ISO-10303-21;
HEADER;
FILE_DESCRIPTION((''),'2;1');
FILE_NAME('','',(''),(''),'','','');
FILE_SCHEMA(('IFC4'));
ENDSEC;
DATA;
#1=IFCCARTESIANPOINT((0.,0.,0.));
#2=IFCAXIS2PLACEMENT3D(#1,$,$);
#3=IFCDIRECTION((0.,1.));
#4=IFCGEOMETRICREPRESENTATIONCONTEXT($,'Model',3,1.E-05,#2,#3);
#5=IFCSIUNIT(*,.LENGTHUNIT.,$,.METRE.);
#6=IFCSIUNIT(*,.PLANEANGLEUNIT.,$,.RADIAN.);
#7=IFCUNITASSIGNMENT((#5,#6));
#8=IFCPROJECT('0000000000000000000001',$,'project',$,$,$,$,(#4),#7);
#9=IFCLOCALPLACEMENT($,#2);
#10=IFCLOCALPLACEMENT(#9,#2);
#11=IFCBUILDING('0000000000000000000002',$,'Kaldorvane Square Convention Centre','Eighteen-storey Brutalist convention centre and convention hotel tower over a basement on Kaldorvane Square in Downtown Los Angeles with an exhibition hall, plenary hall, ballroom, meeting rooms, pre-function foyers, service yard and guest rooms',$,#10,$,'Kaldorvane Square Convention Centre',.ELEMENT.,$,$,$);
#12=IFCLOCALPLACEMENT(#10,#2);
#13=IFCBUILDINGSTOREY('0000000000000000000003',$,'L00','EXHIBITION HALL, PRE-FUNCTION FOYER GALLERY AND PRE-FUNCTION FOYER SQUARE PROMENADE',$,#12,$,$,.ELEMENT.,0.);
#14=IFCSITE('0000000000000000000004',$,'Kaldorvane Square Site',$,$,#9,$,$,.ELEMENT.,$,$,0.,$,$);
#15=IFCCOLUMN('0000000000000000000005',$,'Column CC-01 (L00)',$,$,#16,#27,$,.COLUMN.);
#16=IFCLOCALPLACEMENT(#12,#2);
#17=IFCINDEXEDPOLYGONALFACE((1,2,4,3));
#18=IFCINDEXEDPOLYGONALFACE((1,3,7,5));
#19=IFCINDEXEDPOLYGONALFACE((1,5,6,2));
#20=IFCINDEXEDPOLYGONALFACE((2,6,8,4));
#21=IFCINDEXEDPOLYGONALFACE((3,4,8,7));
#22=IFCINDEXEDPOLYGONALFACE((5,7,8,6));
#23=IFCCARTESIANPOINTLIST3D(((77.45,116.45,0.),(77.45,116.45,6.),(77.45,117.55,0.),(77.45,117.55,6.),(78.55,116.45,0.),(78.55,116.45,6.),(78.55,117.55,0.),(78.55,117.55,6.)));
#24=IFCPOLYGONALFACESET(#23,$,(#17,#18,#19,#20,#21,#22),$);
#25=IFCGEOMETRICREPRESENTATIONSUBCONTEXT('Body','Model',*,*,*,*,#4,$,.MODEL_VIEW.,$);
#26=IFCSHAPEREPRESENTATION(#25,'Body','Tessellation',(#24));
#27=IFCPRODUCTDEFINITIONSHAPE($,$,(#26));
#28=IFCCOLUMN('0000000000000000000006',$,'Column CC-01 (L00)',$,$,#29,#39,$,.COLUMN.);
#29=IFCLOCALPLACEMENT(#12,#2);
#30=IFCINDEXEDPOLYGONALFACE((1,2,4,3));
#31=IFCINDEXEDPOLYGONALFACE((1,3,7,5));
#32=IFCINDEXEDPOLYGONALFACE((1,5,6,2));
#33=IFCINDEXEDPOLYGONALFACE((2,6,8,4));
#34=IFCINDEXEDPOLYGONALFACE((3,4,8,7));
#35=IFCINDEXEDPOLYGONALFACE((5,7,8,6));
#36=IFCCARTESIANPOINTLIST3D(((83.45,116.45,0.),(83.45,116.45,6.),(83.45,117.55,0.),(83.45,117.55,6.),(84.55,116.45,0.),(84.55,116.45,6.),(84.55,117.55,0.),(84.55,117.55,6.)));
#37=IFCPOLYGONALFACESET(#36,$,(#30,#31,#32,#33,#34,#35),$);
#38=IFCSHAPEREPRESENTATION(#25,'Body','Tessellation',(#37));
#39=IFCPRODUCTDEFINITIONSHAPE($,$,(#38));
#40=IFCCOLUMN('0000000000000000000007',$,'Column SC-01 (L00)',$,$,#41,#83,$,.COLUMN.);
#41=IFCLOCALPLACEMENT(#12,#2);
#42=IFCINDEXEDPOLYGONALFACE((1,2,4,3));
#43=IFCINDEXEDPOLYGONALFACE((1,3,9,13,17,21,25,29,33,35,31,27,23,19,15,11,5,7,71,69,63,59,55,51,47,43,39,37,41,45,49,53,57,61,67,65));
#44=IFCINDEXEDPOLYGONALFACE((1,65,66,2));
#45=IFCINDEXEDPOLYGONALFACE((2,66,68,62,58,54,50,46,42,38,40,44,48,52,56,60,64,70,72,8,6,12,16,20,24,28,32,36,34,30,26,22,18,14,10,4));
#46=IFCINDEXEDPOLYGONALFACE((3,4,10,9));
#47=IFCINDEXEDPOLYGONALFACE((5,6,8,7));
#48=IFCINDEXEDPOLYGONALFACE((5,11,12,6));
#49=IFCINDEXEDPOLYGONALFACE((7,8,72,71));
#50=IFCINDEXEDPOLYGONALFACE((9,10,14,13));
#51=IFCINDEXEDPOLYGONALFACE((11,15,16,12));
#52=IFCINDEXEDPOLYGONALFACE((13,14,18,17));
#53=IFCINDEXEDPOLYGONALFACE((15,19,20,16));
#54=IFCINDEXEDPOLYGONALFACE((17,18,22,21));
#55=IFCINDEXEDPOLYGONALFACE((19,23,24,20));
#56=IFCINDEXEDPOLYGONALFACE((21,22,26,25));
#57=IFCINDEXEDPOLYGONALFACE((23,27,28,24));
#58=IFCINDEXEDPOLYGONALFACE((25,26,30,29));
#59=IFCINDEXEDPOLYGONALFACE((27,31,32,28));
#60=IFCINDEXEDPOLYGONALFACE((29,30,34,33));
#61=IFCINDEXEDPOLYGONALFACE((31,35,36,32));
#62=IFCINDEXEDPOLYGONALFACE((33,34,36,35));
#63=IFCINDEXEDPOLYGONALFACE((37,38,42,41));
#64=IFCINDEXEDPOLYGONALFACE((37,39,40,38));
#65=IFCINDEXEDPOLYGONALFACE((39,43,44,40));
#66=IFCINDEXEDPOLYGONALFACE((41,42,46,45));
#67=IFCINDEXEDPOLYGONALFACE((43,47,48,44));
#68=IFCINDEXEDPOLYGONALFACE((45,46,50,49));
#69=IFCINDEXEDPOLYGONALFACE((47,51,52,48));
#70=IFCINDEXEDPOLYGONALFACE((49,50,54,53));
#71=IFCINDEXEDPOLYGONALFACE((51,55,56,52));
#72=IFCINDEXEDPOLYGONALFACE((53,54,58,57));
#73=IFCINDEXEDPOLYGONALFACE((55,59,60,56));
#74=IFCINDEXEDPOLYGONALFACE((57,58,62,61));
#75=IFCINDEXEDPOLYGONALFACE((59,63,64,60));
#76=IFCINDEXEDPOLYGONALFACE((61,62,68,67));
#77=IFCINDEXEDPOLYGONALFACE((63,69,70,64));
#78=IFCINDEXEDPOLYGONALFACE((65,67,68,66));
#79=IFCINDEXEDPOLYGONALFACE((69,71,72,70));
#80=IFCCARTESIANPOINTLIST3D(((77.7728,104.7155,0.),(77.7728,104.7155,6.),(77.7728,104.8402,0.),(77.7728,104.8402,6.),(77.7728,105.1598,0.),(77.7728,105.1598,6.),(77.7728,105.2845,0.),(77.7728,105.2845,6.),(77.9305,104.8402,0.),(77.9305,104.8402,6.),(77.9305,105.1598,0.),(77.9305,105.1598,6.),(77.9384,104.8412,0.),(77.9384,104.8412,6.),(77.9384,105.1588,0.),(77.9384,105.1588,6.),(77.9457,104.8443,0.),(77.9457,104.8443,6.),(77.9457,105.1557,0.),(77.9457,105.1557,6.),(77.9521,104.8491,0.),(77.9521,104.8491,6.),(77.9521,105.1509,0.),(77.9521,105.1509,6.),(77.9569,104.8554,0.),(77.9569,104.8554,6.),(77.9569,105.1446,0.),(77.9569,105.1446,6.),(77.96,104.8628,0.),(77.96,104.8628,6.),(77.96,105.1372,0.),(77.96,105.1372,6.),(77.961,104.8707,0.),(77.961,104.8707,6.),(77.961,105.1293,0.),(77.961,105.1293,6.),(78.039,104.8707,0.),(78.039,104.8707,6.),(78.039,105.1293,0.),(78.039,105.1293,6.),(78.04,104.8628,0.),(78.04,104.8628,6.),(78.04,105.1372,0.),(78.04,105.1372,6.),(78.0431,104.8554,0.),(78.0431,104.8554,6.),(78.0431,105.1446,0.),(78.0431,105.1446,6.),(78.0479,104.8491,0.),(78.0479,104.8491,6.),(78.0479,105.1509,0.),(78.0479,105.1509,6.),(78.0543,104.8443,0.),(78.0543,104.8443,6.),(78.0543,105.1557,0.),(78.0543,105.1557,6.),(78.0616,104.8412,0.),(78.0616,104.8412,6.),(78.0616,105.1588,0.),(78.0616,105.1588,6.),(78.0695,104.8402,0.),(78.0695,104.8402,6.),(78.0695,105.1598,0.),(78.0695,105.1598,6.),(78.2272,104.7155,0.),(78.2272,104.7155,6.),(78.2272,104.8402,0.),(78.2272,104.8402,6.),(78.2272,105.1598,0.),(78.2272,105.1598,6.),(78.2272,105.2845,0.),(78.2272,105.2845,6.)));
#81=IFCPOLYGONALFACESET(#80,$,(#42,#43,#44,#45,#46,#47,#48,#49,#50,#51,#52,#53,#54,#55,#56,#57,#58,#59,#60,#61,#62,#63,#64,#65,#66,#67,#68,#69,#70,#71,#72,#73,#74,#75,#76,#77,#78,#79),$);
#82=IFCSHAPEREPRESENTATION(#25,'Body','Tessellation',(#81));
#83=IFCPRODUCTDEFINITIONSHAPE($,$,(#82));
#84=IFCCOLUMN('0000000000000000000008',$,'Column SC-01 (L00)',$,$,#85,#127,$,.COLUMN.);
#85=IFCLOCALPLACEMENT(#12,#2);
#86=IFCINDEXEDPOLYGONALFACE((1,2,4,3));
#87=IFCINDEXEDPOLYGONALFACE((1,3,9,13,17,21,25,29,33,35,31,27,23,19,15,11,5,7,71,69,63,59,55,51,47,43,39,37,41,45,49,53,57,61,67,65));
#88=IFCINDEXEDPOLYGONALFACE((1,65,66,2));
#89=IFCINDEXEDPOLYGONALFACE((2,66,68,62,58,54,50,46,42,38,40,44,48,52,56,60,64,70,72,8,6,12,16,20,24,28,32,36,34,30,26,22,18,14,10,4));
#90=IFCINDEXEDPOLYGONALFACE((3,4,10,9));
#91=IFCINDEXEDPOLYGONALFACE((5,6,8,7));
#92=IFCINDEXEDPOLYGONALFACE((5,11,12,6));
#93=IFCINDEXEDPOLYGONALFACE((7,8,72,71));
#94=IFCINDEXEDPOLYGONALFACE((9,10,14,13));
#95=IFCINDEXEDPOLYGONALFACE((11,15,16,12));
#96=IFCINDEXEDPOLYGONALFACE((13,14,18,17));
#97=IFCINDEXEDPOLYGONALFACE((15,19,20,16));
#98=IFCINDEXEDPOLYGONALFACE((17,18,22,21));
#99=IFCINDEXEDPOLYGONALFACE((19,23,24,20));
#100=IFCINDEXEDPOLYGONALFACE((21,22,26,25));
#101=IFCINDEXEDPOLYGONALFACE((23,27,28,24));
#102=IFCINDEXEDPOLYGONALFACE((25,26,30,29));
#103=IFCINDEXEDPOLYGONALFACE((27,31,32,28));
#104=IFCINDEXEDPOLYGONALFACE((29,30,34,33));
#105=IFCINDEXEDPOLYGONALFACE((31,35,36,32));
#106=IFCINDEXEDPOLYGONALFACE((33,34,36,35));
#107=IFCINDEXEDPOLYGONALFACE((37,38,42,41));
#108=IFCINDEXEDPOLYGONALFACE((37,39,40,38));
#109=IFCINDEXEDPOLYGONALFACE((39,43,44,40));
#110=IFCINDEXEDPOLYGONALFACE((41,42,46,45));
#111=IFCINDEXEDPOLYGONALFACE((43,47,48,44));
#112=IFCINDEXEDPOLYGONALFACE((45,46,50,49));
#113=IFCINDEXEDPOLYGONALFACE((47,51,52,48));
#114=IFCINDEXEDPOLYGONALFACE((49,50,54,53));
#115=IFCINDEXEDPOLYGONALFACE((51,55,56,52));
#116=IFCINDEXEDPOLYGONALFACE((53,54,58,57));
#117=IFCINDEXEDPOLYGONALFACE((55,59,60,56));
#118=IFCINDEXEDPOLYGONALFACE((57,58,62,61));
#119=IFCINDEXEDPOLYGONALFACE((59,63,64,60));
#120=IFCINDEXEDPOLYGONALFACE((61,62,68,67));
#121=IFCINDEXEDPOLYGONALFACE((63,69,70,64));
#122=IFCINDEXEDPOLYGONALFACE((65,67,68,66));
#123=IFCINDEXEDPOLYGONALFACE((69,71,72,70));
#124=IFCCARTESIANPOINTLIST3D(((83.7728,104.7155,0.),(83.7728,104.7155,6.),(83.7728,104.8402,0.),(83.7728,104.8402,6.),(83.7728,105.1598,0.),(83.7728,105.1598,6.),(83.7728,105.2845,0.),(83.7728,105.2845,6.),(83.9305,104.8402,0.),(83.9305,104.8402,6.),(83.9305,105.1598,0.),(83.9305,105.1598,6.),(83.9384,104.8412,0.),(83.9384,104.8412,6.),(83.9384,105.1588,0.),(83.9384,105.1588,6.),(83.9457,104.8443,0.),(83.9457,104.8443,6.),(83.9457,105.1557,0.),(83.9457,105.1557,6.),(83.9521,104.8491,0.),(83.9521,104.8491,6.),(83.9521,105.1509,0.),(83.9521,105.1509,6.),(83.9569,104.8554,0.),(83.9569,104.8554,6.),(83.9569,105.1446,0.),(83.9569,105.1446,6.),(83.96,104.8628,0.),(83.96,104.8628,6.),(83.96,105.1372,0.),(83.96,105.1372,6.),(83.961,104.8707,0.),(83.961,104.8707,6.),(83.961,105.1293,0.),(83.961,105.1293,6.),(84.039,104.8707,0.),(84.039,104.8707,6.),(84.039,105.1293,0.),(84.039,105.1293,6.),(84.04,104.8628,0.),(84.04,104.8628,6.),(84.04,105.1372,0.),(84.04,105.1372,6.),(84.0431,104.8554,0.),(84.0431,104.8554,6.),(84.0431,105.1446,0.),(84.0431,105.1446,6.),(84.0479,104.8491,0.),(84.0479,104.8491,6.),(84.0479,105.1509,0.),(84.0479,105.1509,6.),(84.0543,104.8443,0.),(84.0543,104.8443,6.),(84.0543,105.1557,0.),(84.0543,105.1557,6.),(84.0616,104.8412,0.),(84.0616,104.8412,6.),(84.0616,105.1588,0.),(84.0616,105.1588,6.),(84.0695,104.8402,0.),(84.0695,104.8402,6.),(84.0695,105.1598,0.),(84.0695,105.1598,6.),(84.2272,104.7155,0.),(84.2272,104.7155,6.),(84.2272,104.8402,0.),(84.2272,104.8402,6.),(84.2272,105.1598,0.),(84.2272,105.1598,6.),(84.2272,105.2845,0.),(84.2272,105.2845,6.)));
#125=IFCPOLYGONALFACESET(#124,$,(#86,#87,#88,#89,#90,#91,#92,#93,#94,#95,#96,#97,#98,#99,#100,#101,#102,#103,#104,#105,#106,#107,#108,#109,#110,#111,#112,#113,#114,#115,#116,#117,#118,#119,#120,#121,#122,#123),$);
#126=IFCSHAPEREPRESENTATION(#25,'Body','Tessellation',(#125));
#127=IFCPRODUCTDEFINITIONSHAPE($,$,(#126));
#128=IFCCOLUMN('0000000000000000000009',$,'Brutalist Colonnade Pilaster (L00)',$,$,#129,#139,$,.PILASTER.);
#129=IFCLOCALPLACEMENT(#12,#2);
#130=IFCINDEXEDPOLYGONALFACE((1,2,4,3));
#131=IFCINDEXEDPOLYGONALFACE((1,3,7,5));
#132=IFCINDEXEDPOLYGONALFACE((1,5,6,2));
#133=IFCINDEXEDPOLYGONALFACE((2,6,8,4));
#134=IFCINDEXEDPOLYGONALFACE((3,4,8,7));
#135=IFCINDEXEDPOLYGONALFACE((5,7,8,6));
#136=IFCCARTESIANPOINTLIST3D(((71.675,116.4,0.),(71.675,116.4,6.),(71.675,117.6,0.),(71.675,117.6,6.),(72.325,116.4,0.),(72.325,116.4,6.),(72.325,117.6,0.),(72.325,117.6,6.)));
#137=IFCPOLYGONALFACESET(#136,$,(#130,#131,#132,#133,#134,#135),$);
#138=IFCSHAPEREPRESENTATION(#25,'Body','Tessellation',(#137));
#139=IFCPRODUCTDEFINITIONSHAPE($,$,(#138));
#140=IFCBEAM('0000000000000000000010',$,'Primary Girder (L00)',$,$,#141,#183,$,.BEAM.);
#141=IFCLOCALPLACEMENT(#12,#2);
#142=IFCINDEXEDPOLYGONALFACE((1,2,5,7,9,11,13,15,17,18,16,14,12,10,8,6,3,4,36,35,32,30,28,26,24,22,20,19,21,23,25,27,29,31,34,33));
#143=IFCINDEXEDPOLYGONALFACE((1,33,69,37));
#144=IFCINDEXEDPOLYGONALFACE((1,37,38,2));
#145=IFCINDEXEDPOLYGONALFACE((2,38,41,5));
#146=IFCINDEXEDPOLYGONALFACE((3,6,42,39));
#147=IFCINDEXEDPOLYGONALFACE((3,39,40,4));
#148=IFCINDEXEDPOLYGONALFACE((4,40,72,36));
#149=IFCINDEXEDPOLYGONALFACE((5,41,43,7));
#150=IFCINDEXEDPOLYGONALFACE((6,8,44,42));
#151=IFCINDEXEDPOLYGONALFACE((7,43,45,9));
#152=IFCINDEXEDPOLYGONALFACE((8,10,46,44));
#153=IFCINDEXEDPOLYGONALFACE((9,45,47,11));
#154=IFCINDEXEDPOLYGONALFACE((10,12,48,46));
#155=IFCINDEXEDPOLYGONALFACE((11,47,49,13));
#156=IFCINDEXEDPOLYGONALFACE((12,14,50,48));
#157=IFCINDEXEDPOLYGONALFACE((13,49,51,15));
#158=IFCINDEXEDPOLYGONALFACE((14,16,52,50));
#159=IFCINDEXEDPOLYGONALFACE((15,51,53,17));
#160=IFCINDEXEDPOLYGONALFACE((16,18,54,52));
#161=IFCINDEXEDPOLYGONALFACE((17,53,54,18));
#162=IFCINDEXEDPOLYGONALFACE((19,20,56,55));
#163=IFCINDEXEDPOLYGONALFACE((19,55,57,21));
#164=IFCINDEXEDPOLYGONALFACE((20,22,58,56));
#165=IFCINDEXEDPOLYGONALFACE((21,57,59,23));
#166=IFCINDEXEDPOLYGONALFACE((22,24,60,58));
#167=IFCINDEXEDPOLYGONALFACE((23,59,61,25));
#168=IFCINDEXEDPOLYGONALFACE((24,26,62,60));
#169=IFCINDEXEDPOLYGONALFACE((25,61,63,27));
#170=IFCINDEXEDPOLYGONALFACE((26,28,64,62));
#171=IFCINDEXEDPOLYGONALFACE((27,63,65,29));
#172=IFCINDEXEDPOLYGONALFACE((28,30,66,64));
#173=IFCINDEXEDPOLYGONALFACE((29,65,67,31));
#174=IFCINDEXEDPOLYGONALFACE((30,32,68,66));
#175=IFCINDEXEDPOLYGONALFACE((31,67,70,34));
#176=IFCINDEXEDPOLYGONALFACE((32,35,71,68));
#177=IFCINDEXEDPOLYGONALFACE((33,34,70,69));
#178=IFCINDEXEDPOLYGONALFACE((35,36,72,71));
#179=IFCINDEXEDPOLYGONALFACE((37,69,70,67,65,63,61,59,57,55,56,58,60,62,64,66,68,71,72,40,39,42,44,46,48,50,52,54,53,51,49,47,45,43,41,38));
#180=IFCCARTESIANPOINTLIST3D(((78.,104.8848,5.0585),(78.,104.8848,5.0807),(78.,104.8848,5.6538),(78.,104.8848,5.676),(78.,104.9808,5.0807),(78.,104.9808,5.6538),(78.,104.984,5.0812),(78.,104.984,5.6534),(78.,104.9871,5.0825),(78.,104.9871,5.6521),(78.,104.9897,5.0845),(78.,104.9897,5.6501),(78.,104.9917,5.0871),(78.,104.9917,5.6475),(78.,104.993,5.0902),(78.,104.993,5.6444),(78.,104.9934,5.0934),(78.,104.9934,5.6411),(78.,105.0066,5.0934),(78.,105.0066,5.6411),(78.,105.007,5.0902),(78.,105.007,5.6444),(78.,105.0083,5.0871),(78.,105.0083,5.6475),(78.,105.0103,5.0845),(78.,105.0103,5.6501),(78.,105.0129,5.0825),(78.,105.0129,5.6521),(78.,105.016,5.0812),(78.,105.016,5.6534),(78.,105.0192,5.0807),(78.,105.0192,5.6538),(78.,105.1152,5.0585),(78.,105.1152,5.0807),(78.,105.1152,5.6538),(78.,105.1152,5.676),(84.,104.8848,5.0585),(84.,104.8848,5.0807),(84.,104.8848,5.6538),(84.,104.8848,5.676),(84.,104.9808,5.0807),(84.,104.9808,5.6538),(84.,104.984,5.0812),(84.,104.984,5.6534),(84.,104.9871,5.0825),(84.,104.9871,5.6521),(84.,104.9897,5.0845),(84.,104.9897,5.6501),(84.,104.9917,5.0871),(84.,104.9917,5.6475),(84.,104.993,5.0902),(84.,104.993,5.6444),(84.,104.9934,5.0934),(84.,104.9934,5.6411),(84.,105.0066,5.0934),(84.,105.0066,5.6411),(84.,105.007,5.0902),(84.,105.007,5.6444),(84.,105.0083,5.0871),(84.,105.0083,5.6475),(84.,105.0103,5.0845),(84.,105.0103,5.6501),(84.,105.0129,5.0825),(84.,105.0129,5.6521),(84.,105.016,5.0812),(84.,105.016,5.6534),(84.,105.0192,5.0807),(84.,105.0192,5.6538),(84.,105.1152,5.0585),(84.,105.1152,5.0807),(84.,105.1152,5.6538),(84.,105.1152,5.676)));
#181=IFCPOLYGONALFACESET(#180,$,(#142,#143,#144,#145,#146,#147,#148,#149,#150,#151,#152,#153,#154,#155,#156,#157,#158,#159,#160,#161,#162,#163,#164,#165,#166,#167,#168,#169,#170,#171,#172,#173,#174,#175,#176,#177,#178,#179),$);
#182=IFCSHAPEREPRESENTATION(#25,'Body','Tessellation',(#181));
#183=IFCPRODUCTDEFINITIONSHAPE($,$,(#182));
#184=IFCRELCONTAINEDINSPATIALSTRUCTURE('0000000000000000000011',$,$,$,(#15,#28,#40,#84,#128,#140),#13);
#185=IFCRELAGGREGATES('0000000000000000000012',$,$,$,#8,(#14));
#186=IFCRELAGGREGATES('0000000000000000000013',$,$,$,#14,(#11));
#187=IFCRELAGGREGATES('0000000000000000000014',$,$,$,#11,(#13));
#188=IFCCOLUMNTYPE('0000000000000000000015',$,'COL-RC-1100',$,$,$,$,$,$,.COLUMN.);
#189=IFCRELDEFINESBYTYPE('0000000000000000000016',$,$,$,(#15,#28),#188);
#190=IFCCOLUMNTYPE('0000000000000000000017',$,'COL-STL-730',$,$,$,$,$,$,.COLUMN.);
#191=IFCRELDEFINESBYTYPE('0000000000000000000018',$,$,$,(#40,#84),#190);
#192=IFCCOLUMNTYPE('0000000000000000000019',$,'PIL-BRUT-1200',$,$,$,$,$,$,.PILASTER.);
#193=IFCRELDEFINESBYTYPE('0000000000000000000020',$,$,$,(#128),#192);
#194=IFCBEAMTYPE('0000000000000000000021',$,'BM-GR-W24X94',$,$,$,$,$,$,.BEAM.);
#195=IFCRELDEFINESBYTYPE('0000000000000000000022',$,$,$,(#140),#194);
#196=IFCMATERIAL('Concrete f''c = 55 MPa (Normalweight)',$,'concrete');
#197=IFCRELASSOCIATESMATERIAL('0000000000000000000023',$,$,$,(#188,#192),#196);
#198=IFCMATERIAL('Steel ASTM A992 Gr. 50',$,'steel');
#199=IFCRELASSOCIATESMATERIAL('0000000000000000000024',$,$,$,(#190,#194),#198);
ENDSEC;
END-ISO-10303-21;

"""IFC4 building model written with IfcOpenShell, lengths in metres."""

from ifc_helpers import new_model, si_unit, direction, frame, origin, origin_2d, place, context, subcontext, project, spatial, rectangle, i_section, extrude, material, material_profile, profile_set, type_object, element, save


model = new_model("IFC4")

# Units and contexts
model_context = context("Model", 3, precision=1e-05, world=origin(), true_north=direction((0.0, 1.0)))
body_context = subcontext(model_context, "Body", "Model", "MODEL_VIEW")
ifc_project = project(units=[si_unit("LENGTHUNIT", "METRE"), si_unit("PLANEANGLEUNIT", "RADIAN")], contexts=[model_context])

# Site, building, storey
site_placement = place(None, origin())
site = spatial("IfcSite", under=ifc_project, at=site_placement, Name="Kaldorvane Square Site", CompositionType="ELEMENT", RefElevation=0.0)
building_placement = place(site_placement, origin())
building = spatial("IfcBuilding", under=site, at=building_placement, Name="Kaldorvane Square Convention Centre", Description="Eighteen-storey Brutalist convention centre and convention hotel tower over a basement on Kaldorvane Square in Downtown Los Angeles with an exhibition hall, plenary hall, ballroom, meeting rooms, pre-function foyers, service yard and guest rooms", LongName="Kaldorvane Square Convention Centre", CompositionType="ELEMENT")
storey_placement = place(building_placement, origin())
storey = spatial("IfcBuildingStorey", under=building, at=storey_placement, Name="L00", Description="EXHIBITION HALL, PRE-FUNCTION FOYER GALLERY AND PRE-FUNCTION FOYER SQUARE PROMENADE", CompositionType="ELEMENT", Elevation=0.0)

# Columns
ifc_material_1 = material(Name="Concrete f'c = 55 MPa (Normalweight)", Category="concrete")
ifc_material_profile_1 = material_profile(ifc_material_1, rectangle(XDim=1.1, YDim=1.1, at=origin_2d()), Name="RC1100X1100")
ifc_profile_set_1 = profile_set([ifc_material_profile_1], Name="Concrete f'c = 55 MPa (Normalweight)")
column_type_1 = type_object("IfcColumnType", Name="COL-RC-1100", PredefinedType="COLUMN", material=ifc_profile_set_1)
for number, where, z_axis, x_axis, name in (
    (1, (78.0, 117.0, 0.0), (0.0, 0.0, 1.0), (1.0, 0.0, 0.0), "Column CC-01 (L00)"),
    (2, (84.0, 117.0, 0.0), (0.0, 0.0, 1.0), (1.0, 0.0, 0.0), "Column CC-01 (L00)"),
):
    element("IfcColumn", number, at=place(storey_placement, frame(where, z_axis=z_axis, x_axis=x_axis)), inside=storey, type_object=column_type_1, Name=name, PredefinedType="COLUMN", context=body_context, shape_type="SweptSolid", body=[
        extrude(rectangle(XDim=1.1, YDim=1.1, at=origin_2d()), origin(), (0.0, 0.0, 1.0), 6.0),
    ])
ifc_material_2 = material(Name="Steel ASTM A992 Gr. 50", Category="steel")
ifc_material_profile_2 = material_profile(ifc_material_2, i_section(OverallWidth=0.4544, OverallDepth=0.569, WebThickness=0.078, FlangeThickness=0.1247, FilletRadius=0.0305, at=origin_2d()), Name="W14X730")
ifc_profile_set_2 = profile_set([ifc_material_profile_2], Name="Steel ASTM A992 Gr. 50")
column_type_2 = type_object("IfcColumnType", Name="COL-STL-730", PredefinedType="COLUMN", material=ifc_profile_set_2)
for number, where, z_axis, x_axis, name in (
    (3, (78.0, 105.0, 0.0), (0.0, 0.0, 1.0), (1.0, 0.0, 0.0), "Column SC-01 (L00)"),
    (4, (84.0, 105.0, 0.0), (0.0, 0.0, 1.0), (1.0, 0.0, 0.0), "Column SC-01 (L00)"),
):
    element("IfcColumn", number, at=place(storey_placement, frame(where, z_axis=z_axis, x_axis=x_axis)), inside=storey, type_object=column_type_2, Name=name, PredefinedType="COLUMN", context=body_context, shape_type="SweptSolid", body=[
        extrude(i_section(OverallWidth=0.4544, OverallDepth=0.569, WebThickness=0.078, FlangeThickness=0.1247, FilletRadius=0.0305, at=origin_2d()), origin(), (0.0, 0.0, 1.0), 6.0),
    ])
ifc_material_profile_3 = material_profile(ifc_material_1, rectangle(XDim=0.65, YDim=1.2, at=origin_2d()), Name="PIL1200X650")
ifc_profile_set_3 = profile_set([ifc_material_profile_3], Name="Concrete f'c = 55 MPa (Normalweight)")
column_type_3 = type_object("IfcColumnType", Name="PIL-BRUT-1200", PredefinedType="PILASTER", material=ifc_profile_set_3)
column_placement = place(storey_placement, frame((72.0, 117.0, 0.0), z_axis=(0.0, 0.0, 1.0), x_axis=(1.0, 0.0, 0.0)))
element("IfcColumn", 5, at=column_placement, inside=storey, type_object=column_type_3, Name="Brutalist Colonnade Pilaster (L00)", PredefinedType="PILASTER", context=body_context, shape_type="SweptSolid", body=[
    extrude(rectangle(XDim=0.65, YDim=1.2, at=origin_2d()), origin(), (0.0, 0.0, 1.0), 6.0),
])

# Beam
ifc_material_profile_4 = material_profile(ifc_material_2, i_section(OverallWidth=0.2303, OverallDepth=0.6175, WebThickness=0.0131, FlangeThickness=0.0222, FilletRadius=0.0127, at=origin_2d()), Name="W24X94")
ifc_profile_set_4 = profile_set([ifc_material_profile_4], Name="Steel ASTM A992 Gr. 50")
beam_type_1 = type_object("IfcBeamType", Name="BM-GR-W24X94", PredefinedType="BEAM", material=ifc_profile_set_4)
beam_1_placement = place(storey_placement, frame((78.0, 105.0, 5.3673), z_axis=(1.0, 0.0, 0.0), x_axis=(0.0, 1.0, 0.0)))
element("IfcBeam", 6, at=beam_1_placement, inside=storey, type_object=beam_type_1, Name="Primary Girder (L00)", PredefinedType="BEAM", context=body_context, shape_type="SweptSolid", body=[
    extrude(i_section(OverallWidth=0.2303, OverallDepth=0.6175, WebThickness=0.0131, FlangeThickness=0.0222, FilletRadius=0.0127, at=origin_2d()), origin(), (0.0, 0.0, 1.0), 6.0),
])

save(model, "model.ifc")
